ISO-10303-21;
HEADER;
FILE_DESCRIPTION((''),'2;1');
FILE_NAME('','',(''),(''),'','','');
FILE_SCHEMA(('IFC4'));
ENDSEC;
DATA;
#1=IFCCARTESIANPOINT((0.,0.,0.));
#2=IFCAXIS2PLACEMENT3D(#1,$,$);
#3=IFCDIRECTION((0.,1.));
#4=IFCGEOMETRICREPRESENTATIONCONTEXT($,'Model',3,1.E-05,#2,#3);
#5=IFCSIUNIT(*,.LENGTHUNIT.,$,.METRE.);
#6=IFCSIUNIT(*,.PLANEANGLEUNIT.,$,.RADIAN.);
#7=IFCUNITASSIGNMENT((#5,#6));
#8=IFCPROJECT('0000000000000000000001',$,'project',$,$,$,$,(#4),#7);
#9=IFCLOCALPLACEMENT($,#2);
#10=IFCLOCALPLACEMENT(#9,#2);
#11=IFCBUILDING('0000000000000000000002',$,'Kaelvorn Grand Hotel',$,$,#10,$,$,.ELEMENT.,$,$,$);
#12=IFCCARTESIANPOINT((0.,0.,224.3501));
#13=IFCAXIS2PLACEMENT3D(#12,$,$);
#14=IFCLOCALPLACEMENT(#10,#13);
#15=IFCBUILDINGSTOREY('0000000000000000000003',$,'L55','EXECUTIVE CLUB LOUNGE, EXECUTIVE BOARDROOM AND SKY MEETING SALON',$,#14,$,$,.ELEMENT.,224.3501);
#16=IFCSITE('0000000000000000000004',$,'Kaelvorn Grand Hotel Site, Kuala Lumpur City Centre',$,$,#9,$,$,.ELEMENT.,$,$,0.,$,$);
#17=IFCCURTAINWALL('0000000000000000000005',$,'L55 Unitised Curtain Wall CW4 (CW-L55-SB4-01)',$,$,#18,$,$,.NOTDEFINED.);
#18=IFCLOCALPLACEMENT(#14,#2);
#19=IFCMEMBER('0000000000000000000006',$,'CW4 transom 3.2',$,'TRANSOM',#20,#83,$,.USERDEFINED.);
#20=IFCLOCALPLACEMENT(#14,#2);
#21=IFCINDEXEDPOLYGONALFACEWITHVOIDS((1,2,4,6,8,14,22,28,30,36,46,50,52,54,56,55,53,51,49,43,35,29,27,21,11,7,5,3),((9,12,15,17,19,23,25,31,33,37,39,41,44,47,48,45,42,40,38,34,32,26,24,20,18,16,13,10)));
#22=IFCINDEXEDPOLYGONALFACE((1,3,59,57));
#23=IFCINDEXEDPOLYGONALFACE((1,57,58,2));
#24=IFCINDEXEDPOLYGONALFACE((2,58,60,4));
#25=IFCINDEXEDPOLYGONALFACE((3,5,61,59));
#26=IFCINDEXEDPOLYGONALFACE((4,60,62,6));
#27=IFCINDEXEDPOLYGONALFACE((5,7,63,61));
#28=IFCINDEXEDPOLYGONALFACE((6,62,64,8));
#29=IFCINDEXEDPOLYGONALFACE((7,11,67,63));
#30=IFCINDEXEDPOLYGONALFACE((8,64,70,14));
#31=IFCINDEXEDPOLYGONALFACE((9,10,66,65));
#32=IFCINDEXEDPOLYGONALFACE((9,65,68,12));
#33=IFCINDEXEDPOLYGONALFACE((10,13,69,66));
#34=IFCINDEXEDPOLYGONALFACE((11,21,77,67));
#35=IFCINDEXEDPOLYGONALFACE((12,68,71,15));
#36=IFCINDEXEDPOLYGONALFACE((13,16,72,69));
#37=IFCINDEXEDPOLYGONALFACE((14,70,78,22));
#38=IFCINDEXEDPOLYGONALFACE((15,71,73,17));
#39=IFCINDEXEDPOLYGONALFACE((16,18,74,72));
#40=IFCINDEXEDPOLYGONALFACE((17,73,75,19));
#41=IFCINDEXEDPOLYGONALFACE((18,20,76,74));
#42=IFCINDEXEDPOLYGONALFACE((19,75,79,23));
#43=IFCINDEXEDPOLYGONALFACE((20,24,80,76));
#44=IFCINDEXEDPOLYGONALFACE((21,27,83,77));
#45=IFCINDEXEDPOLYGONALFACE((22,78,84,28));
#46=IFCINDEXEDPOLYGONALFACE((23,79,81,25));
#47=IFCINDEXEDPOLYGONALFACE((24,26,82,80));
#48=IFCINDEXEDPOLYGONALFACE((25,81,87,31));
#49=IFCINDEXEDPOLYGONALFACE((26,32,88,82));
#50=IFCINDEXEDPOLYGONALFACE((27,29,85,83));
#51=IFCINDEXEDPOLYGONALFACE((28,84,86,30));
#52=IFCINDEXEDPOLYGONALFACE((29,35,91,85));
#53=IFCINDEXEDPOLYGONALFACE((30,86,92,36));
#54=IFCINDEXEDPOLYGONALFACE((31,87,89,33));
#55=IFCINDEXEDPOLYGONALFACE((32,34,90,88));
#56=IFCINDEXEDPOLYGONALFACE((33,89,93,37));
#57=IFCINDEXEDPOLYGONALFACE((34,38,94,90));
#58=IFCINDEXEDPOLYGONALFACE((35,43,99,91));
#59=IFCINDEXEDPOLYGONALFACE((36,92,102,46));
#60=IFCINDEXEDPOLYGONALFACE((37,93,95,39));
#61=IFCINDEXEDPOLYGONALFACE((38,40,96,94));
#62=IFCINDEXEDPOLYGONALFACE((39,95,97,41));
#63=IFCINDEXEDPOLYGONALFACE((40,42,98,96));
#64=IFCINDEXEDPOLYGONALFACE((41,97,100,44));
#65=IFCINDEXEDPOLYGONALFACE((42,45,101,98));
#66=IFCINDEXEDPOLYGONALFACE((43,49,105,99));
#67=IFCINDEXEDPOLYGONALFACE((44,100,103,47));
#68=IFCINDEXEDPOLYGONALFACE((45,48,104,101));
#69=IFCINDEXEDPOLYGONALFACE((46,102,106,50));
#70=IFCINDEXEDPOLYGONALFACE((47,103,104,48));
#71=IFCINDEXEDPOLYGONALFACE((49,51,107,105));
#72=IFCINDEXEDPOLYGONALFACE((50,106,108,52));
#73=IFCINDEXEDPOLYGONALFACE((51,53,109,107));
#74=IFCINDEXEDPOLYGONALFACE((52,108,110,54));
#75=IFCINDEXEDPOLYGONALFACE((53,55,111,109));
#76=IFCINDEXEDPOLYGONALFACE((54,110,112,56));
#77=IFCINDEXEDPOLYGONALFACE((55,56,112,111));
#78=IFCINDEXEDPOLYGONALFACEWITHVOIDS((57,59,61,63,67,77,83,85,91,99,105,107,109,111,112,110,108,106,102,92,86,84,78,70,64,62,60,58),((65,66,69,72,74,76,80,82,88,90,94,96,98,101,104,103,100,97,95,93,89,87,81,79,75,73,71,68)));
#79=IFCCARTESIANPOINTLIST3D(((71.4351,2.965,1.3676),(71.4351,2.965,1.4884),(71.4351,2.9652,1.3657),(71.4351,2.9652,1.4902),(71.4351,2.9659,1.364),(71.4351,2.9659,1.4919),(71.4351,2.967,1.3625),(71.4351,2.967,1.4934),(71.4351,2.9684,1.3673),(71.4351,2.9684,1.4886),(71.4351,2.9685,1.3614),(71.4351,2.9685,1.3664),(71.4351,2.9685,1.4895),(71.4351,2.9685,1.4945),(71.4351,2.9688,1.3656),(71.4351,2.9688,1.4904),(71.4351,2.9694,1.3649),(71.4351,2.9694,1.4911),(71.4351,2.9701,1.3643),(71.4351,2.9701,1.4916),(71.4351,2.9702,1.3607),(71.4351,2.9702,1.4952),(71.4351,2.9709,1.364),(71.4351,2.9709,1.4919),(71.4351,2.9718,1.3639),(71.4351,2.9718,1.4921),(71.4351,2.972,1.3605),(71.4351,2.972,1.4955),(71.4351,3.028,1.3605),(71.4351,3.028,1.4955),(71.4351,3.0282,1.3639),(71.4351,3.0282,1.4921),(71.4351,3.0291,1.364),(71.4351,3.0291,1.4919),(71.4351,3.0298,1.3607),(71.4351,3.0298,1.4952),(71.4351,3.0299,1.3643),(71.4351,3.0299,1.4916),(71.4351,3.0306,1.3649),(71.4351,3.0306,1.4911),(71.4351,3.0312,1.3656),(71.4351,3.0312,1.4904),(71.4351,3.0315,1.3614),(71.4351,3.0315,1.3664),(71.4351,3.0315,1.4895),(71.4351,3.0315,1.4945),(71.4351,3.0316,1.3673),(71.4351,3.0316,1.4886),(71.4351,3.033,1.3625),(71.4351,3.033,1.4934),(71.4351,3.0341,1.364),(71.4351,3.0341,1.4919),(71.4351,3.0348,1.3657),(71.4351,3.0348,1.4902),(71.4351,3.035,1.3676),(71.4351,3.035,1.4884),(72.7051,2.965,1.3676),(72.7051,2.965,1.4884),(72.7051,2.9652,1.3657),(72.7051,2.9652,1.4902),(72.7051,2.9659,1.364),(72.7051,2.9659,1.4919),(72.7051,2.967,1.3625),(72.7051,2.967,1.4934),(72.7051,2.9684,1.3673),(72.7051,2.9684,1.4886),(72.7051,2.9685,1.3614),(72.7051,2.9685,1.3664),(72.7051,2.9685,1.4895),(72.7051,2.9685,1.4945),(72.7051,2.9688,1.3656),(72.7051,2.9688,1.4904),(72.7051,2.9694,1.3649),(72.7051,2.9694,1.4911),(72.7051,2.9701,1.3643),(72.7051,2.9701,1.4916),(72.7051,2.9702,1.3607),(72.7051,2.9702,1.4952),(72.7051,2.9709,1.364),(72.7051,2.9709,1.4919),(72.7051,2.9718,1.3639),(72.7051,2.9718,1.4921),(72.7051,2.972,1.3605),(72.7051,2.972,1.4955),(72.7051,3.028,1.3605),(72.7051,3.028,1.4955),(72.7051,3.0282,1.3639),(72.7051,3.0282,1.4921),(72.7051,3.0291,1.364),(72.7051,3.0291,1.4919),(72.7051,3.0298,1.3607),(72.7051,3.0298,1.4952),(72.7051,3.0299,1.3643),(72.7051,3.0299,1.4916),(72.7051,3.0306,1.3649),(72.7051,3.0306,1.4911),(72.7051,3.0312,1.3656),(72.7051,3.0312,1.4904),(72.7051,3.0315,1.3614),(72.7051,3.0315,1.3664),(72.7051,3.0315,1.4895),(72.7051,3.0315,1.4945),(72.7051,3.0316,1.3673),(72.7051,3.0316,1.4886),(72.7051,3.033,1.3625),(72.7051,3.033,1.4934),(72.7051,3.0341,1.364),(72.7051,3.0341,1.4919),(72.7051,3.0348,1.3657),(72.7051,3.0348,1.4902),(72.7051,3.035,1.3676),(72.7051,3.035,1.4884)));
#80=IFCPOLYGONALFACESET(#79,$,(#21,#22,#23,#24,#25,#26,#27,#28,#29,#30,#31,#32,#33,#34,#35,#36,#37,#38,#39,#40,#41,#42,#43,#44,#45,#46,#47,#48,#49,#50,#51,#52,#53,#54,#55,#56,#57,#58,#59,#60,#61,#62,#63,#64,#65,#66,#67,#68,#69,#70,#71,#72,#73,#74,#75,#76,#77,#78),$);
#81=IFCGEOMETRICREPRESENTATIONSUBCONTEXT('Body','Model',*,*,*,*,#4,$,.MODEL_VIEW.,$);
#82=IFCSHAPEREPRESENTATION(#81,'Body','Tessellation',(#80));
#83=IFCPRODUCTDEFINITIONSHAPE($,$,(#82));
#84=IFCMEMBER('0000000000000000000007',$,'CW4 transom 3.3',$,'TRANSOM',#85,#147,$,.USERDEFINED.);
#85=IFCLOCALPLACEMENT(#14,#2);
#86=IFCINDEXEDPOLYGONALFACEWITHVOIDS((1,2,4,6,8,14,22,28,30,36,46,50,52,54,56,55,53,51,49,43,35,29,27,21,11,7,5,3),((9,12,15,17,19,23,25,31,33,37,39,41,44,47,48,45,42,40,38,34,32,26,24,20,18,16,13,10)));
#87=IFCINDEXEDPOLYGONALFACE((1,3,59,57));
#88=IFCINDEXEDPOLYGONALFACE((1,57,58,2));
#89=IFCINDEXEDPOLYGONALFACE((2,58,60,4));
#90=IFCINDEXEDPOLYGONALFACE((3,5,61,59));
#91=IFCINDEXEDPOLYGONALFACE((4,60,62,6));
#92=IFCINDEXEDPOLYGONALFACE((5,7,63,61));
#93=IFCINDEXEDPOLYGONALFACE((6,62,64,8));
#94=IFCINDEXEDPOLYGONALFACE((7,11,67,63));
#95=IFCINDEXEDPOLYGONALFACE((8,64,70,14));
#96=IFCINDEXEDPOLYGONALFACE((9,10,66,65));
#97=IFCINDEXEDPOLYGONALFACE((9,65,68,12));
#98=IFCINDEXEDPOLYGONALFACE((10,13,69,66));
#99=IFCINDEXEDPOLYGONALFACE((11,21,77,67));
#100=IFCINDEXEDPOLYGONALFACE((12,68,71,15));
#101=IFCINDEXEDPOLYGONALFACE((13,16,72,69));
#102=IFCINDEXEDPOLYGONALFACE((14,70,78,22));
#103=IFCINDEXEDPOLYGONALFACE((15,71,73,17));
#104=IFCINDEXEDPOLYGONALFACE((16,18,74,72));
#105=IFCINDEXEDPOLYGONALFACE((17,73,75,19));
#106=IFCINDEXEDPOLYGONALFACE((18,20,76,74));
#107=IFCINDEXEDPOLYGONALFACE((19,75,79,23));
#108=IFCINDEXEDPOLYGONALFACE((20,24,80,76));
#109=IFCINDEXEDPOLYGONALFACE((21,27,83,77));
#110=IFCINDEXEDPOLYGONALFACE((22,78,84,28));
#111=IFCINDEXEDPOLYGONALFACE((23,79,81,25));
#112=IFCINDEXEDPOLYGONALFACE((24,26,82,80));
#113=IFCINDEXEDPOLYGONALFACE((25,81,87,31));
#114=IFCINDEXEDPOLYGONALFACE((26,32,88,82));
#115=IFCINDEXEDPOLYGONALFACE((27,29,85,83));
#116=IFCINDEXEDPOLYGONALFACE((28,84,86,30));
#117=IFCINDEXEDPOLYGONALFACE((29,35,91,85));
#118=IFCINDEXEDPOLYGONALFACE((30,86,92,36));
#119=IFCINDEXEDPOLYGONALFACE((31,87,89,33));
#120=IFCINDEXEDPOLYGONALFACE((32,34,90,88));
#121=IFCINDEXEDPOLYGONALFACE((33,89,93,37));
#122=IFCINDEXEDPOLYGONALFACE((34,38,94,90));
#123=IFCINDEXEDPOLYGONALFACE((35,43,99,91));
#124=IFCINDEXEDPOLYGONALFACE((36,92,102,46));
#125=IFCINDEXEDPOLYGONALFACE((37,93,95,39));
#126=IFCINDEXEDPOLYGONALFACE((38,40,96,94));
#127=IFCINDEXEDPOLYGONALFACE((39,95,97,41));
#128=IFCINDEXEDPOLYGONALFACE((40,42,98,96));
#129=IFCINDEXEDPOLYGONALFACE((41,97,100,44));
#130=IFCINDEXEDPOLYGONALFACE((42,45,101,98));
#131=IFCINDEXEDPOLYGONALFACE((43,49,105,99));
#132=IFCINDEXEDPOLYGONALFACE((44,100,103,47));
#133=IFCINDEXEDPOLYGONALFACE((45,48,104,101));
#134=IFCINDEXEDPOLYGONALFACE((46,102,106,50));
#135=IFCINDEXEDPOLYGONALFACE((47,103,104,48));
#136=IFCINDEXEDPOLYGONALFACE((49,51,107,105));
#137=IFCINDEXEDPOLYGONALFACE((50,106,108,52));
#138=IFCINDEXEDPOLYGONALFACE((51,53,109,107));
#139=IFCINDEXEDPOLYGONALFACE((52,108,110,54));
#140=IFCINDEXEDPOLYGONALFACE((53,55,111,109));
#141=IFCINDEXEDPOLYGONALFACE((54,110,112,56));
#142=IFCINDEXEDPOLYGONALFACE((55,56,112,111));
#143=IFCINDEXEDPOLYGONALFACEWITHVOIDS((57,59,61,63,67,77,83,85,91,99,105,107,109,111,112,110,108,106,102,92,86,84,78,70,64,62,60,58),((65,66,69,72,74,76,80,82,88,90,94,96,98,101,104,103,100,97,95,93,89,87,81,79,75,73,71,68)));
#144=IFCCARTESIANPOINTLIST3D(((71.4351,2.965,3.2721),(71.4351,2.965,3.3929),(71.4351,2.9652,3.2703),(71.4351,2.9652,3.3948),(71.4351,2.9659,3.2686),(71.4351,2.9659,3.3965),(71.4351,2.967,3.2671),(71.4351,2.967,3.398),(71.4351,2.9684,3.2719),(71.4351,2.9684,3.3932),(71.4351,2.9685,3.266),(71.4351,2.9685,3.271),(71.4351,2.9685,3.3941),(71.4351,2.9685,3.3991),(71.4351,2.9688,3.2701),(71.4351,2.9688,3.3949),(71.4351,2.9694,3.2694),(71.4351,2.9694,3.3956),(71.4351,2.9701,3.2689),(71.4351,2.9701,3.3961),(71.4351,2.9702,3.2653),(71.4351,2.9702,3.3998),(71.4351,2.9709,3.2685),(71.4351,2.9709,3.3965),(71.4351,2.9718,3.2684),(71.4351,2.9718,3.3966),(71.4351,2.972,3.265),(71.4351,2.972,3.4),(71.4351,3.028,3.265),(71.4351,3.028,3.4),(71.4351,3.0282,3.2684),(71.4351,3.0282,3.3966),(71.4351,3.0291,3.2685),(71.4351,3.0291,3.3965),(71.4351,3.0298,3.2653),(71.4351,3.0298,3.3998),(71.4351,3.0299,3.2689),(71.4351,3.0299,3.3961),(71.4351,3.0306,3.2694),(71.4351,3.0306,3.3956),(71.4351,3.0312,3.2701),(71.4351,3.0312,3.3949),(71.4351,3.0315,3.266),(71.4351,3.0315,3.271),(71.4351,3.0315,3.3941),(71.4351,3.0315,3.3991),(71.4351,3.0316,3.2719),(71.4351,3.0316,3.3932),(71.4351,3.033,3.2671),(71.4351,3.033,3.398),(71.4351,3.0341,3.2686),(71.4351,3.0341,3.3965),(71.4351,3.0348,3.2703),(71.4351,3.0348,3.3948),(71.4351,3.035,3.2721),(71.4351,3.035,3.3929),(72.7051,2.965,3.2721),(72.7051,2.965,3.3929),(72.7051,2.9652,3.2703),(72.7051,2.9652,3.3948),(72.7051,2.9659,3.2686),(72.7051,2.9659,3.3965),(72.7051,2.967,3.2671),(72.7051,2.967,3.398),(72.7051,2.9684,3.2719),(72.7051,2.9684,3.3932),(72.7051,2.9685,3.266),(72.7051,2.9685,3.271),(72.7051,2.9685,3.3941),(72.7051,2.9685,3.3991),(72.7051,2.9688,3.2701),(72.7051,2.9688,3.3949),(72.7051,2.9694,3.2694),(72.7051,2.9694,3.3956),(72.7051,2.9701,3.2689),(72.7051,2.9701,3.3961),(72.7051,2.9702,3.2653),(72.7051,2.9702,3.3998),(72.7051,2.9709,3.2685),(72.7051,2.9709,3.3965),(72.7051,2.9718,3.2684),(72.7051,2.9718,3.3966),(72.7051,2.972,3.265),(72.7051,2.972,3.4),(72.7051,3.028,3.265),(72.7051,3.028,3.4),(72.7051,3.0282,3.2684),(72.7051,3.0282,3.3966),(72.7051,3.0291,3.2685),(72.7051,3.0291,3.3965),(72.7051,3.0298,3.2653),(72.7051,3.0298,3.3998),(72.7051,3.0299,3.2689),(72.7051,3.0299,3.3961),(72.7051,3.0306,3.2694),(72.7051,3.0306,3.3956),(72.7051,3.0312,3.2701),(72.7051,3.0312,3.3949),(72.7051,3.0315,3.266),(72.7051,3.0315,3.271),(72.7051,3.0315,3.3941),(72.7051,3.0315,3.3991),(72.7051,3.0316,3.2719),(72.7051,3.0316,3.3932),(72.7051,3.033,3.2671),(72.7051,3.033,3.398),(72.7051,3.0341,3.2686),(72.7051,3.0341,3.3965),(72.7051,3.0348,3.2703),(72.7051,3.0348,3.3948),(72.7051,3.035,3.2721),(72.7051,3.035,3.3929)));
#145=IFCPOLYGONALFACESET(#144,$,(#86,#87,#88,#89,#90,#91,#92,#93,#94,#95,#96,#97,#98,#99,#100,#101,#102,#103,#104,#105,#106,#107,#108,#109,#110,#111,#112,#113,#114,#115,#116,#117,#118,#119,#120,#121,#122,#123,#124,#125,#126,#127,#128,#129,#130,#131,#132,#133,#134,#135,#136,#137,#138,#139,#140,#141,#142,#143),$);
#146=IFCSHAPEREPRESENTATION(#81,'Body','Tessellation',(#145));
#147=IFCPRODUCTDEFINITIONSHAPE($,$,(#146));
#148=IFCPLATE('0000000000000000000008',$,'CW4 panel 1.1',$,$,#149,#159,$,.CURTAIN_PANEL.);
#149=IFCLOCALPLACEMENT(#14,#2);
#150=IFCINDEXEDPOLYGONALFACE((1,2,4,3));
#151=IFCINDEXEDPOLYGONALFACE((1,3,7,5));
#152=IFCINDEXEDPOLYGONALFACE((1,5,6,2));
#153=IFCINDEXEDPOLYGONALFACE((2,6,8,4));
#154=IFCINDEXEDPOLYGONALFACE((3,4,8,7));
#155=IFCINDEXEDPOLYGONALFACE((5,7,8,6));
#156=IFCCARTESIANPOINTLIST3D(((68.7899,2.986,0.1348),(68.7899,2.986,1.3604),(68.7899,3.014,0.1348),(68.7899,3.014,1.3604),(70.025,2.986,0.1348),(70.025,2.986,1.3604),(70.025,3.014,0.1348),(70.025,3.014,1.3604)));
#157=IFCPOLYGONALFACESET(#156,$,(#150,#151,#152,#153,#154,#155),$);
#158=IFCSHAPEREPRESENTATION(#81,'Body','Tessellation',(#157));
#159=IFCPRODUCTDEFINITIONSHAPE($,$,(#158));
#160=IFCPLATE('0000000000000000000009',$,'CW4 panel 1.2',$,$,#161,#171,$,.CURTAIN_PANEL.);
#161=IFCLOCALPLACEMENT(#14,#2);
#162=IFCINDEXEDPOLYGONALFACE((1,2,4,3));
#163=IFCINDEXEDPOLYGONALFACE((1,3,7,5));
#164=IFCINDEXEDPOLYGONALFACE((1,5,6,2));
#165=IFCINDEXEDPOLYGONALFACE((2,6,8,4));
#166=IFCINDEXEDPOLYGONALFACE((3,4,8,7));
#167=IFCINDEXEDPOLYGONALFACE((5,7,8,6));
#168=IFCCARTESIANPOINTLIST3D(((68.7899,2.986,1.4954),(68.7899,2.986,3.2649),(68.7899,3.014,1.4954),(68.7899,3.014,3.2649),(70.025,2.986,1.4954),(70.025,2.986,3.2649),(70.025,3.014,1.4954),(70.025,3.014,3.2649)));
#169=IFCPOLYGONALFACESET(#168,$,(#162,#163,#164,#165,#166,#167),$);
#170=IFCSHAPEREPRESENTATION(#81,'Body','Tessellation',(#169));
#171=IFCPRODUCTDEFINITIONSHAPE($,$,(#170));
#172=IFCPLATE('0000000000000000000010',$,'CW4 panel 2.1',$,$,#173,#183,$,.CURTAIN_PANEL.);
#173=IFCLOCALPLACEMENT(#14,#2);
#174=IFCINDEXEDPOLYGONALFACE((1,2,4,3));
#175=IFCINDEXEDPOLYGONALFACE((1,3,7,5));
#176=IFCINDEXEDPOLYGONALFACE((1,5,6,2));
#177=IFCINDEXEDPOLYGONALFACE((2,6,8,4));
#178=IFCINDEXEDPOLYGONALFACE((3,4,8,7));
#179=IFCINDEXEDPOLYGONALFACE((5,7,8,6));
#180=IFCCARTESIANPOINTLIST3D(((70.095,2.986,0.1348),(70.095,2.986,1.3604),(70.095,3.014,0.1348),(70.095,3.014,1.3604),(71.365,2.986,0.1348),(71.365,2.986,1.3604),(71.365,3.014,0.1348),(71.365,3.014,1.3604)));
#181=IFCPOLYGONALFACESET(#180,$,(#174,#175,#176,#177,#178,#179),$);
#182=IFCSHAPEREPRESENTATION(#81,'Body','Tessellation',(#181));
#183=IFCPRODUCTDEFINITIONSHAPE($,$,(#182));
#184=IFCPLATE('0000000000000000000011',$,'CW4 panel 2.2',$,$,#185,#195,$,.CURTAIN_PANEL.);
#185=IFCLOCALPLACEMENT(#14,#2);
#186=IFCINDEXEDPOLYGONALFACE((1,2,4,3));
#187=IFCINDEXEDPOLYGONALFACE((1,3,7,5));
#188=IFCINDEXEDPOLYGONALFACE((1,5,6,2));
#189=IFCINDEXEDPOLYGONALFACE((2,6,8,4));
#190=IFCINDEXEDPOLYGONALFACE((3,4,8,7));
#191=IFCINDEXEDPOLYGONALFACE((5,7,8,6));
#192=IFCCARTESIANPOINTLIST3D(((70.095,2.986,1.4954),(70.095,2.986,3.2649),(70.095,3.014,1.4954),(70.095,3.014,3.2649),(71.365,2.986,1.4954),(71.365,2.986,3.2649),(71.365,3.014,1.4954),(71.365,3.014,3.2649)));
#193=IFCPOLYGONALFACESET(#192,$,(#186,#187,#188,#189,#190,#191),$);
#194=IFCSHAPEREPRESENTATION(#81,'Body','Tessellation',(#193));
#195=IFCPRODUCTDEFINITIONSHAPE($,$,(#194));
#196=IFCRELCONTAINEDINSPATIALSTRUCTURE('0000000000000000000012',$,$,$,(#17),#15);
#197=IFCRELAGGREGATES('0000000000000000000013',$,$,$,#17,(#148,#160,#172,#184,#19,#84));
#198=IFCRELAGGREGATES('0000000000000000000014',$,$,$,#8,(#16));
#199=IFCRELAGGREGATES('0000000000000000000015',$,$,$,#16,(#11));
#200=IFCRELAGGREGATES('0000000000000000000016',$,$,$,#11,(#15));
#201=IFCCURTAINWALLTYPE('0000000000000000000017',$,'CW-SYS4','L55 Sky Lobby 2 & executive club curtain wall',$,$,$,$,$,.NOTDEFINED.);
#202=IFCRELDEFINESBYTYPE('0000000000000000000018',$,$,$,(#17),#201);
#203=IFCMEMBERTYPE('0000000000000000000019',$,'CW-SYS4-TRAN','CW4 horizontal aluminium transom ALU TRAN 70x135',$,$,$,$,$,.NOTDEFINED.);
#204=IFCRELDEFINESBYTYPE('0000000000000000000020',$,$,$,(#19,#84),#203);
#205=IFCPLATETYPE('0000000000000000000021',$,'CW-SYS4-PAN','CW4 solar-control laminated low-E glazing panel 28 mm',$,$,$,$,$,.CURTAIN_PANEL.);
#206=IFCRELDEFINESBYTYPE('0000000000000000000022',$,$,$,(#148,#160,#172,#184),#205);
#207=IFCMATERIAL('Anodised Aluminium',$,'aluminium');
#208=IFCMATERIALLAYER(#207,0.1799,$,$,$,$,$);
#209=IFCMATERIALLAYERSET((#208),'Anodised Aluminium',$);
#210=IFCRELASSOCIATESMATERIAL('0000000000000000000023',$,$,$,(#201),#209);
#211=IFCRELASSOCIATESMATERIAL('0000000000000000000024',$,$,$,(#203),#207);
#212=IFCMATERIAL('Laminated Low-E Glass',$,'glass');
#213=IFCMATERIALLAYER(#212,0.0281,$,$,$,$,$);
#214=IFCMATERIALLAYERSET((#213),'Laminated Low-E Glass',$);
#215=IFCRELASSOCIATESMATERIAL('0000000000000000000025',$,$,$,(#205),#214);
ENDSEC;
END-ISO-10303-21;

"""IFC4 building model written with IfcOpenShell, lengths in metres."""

from ifc_helpers import new_model, si_unit, direction, frame, origin, origin_2d, place, context, subcontext, project, spatial, rectangle, hollow_rectangle, extrude, material, layer, layer_set, material_profile, profile_set, type_object, element, aggregate, save


model = new_model("IFC4")

# Units and contexts
model_context = context("Model", 3, precision=1e-05, world=origin(), true_north=direction((0.0, 1.0)))
body_context = subcontext(model_context, "Body", "Model", "MODEL_VIEW")
ifc_project = project(units=[si_unit("LENGTHUNIT", "METRE"), si_unit("PLANEANGLEUNIT", "RADIAN")], contexts=[model_context])

# Site, building, storey
site_placement = place(None, origin())
site = spatial("IfcSite", under=ifc_project, at=site_placement, Name="Kaelvorn Grand Hotel Site, Kuala Lumpur City Centre", CompositionType="ELEMENT", RefElevation=0.0)
building_placement = place(site_placement, origin())
building = spatial("IfcBuilding", under=site, at=building_placement, Name="Kaelvorn Grand Hotel", CompositionType="ELEMENT")
storey_placement = place(building_placement, frame((0.0, 0.0, 224.3501)))
storey = spatial("IfcBuildingStorey", under=building, at=storey_placement, Name="L55", Description="EXECUTIVE CLUB LOUNGE, EXECUTIVE BOARDROOM AND SKY MEETING SALON", CompositionType="ELEMENT", Elevation=224.3501)

# Curtain wall, members, plates
ifc_material_1 = material(Name="Anodised Aluminium", Category="aluminium")
ifc_layer_1 = layer(ifc_material_1, 0.1799)
ifc_layer_set_1 = layer_set([ifc_layer_1], Name="Anodised Aluminium")
curtain_wall_type = type_object("IfcCurtainWallType", Name="CW-SYS4", Description="L55 Sky Lobby 2 & executive club curtain wall", PredefinedType="NOTDEFINED", material=ifc_layer_set_1)
curtain_wall_placement = place(storey_placement, origin())
curtain_wall = element("IfcCurtainWall", 1, at=curtain_wall_placement, inside=storey, type_object=curtain_wall_type, Name="L55 Unitised Curtain Wall CW4 (CW-L55-SB4-01)", PredefinedType="NOTDEFINED")
ifc_material_profile_1 = material_profile(ifc_material_1, hollow_rectangle(XDim=0.0701, YDim=0.135, WallThickness=0.0034, InnerFilletRadius=0.0034, OuterFilletRadius=0.0071, at=origin_2d()), Name="ALU TRAN 70x135")
ifc_profile_set_1 = profile_set([ifc_material_profile_1], Name="Anodised Aluminium")
member_type_1 = type_object("IfcMemberType", Name="CW-SYS4-TRAN", Description="CW4 horizontal aluminium transom ALU TRAN 70x135", PredefinedType="NOTDEFINED", material=ifc_profile_set_1)
member_1_placement = place(storey_placement, frame((71.4351, 3.0, 1.428), z_axis=(1.0, 0.0, 0.0), x_axis=(0.0, 1.0, 0.0)))
member_1 = element("IfcMember", 2, at=member_1_placement, type_object=member_type_1, Name="CW4 transom 3.2", ObjectType="TRANSOM", PredefinedType="USERDEFINED", context=body_context, shape_type="SweptSolid", body=[
    extrude(hollow_rectangle(XDim=0.0701, YDim=0.135, WallThickness=0.0034, InnerFilletRadius=0.0034, OuterFilletRadius=0.0071, at=origin_2d()), origin(), (0.0, 0.0, 1.0), 1.27),
])
member_2_placement = place(storey_placement, frame((71.4351, 3.0, 3.3325), z_axis=(1.0, 0.0, 0.0), x_axis=(0.0, 1.0, 0.0)))
member_2 = element("IfcMember", 3, at=member_2_placement, type_object=member_type_1, Name="CW4 transom 3.3", ObjectType="TRANSOM", PredefinedType="USERDEFINED", context=body_context, shape_type="SweptSolid", body=[
    extrude(hollow_rectangle(XDim=0.0701, YDim=0.135, WallThickness=0.0034, InnerFilletRadius=0.0034, OuterFilletRadius=0.0071, at=origin_2d()), origin(), (0.0, 0.0, 1.0), 1.27),
])
ifc_material_2 = material(Name="Laminated Low-E Glass", Category="glass")
ifc_layer_2 = layer(ifc_material_2, 0.0281)
ifc_layer_set_2 = layer_set([ifc_layer_2], Name="Laminated Low-E Glass")
plate_type = type_object("IfcPlateType", Name="CW-SYS4-PAN", Description="CW4 solar-control laminated low-E glazing panel 28 mm", PredefinedType="CURTAIN_PANEL", material=ifc_layer_set_2)
plate_1_placement = place(storey_placement, frame((69.4075, 3.0, 0.1348), z_axis=(0.0, 0.0, 1.0), x_axis=(1.0, 0.0, 0.0)))
plate_1 = element("IfcPlate", 4, at=plate_1_placement, type_object=plate_type, Name="CW4 panel 1.1", PredefinedType="CURTAIN_PANEL", context=body_context, shape_type="SweptSolid", body=[
    extrude(rectangle(XDim=1.2351, YDim=0.0281, at=origin_2d()), origin(), (0.0, 0.0, 1.0), 1.2256),
])
plate_2_placement = place(storey_placement, frame((69.4075, 3.0, 1.4954), z_axis=(0.0, 0.0, 1.0), x_axis=(1.0, 0.0, 0.0)))
plate_2 = element("IfcPlate", 5, at=plate_2_placement, type_object=plate_type, Name="CW4 panel 1.2", PredefinedType="CURTAIN_PANEL", context=body_context, shape_type="SweptSolid", body=[
    extrude(rectangle(XDim=1.2351, YDim=0.0281, at=origin_2d()), origin(), (0.0, 0.0, 1.0), 1.7695),
])
plate_3_placement = place(storey_placement, frame((70.73, 3.0, 0.1348), z_axis=(0.0, 0.0, 1.0), x_axis=(1.0, 0.0, 0.0)))
plate_3 = element("IfcPlate", 6, at=plate_3_placement, type_object=plate_type, Name="CW4 panel 2.1", PredefinedType="CURTAIN_PANEL", context=body_context, shape_type="SweptSolid", body=[
    extrude(rectangle(XDim=1.27, YDim=0.0281, at=origin_2d()), origin(), (0.0, 0.0, 1.0), 1.2256),
])
plate_4_placement = place(storey_placement, frame((70.73, 3.0, 1.4954), z_axis=(0.0, 0.0, 1.0), x_axis=(1.0, 0.0, 0.0)))
plate_4 = element("IfcPlate", 7, at=plate_4_placement, type_object=plate_type, Name="CW4 panel 2.2", PredefinedType="CURTAIN_PANEL", context=body_context, shape_type="SweptSolid", body=[
    extrude(rectangle(XDim=1.27, YDim=0.0281, at=origin_2d()), origin(), (0.0, 0.0, 1.0), 1.7695),
])
aggregate(curtain_wall, [plate_1, plate_2, plate_3, plate_4, member_1, member_2])

save(model, "model.ifc")
